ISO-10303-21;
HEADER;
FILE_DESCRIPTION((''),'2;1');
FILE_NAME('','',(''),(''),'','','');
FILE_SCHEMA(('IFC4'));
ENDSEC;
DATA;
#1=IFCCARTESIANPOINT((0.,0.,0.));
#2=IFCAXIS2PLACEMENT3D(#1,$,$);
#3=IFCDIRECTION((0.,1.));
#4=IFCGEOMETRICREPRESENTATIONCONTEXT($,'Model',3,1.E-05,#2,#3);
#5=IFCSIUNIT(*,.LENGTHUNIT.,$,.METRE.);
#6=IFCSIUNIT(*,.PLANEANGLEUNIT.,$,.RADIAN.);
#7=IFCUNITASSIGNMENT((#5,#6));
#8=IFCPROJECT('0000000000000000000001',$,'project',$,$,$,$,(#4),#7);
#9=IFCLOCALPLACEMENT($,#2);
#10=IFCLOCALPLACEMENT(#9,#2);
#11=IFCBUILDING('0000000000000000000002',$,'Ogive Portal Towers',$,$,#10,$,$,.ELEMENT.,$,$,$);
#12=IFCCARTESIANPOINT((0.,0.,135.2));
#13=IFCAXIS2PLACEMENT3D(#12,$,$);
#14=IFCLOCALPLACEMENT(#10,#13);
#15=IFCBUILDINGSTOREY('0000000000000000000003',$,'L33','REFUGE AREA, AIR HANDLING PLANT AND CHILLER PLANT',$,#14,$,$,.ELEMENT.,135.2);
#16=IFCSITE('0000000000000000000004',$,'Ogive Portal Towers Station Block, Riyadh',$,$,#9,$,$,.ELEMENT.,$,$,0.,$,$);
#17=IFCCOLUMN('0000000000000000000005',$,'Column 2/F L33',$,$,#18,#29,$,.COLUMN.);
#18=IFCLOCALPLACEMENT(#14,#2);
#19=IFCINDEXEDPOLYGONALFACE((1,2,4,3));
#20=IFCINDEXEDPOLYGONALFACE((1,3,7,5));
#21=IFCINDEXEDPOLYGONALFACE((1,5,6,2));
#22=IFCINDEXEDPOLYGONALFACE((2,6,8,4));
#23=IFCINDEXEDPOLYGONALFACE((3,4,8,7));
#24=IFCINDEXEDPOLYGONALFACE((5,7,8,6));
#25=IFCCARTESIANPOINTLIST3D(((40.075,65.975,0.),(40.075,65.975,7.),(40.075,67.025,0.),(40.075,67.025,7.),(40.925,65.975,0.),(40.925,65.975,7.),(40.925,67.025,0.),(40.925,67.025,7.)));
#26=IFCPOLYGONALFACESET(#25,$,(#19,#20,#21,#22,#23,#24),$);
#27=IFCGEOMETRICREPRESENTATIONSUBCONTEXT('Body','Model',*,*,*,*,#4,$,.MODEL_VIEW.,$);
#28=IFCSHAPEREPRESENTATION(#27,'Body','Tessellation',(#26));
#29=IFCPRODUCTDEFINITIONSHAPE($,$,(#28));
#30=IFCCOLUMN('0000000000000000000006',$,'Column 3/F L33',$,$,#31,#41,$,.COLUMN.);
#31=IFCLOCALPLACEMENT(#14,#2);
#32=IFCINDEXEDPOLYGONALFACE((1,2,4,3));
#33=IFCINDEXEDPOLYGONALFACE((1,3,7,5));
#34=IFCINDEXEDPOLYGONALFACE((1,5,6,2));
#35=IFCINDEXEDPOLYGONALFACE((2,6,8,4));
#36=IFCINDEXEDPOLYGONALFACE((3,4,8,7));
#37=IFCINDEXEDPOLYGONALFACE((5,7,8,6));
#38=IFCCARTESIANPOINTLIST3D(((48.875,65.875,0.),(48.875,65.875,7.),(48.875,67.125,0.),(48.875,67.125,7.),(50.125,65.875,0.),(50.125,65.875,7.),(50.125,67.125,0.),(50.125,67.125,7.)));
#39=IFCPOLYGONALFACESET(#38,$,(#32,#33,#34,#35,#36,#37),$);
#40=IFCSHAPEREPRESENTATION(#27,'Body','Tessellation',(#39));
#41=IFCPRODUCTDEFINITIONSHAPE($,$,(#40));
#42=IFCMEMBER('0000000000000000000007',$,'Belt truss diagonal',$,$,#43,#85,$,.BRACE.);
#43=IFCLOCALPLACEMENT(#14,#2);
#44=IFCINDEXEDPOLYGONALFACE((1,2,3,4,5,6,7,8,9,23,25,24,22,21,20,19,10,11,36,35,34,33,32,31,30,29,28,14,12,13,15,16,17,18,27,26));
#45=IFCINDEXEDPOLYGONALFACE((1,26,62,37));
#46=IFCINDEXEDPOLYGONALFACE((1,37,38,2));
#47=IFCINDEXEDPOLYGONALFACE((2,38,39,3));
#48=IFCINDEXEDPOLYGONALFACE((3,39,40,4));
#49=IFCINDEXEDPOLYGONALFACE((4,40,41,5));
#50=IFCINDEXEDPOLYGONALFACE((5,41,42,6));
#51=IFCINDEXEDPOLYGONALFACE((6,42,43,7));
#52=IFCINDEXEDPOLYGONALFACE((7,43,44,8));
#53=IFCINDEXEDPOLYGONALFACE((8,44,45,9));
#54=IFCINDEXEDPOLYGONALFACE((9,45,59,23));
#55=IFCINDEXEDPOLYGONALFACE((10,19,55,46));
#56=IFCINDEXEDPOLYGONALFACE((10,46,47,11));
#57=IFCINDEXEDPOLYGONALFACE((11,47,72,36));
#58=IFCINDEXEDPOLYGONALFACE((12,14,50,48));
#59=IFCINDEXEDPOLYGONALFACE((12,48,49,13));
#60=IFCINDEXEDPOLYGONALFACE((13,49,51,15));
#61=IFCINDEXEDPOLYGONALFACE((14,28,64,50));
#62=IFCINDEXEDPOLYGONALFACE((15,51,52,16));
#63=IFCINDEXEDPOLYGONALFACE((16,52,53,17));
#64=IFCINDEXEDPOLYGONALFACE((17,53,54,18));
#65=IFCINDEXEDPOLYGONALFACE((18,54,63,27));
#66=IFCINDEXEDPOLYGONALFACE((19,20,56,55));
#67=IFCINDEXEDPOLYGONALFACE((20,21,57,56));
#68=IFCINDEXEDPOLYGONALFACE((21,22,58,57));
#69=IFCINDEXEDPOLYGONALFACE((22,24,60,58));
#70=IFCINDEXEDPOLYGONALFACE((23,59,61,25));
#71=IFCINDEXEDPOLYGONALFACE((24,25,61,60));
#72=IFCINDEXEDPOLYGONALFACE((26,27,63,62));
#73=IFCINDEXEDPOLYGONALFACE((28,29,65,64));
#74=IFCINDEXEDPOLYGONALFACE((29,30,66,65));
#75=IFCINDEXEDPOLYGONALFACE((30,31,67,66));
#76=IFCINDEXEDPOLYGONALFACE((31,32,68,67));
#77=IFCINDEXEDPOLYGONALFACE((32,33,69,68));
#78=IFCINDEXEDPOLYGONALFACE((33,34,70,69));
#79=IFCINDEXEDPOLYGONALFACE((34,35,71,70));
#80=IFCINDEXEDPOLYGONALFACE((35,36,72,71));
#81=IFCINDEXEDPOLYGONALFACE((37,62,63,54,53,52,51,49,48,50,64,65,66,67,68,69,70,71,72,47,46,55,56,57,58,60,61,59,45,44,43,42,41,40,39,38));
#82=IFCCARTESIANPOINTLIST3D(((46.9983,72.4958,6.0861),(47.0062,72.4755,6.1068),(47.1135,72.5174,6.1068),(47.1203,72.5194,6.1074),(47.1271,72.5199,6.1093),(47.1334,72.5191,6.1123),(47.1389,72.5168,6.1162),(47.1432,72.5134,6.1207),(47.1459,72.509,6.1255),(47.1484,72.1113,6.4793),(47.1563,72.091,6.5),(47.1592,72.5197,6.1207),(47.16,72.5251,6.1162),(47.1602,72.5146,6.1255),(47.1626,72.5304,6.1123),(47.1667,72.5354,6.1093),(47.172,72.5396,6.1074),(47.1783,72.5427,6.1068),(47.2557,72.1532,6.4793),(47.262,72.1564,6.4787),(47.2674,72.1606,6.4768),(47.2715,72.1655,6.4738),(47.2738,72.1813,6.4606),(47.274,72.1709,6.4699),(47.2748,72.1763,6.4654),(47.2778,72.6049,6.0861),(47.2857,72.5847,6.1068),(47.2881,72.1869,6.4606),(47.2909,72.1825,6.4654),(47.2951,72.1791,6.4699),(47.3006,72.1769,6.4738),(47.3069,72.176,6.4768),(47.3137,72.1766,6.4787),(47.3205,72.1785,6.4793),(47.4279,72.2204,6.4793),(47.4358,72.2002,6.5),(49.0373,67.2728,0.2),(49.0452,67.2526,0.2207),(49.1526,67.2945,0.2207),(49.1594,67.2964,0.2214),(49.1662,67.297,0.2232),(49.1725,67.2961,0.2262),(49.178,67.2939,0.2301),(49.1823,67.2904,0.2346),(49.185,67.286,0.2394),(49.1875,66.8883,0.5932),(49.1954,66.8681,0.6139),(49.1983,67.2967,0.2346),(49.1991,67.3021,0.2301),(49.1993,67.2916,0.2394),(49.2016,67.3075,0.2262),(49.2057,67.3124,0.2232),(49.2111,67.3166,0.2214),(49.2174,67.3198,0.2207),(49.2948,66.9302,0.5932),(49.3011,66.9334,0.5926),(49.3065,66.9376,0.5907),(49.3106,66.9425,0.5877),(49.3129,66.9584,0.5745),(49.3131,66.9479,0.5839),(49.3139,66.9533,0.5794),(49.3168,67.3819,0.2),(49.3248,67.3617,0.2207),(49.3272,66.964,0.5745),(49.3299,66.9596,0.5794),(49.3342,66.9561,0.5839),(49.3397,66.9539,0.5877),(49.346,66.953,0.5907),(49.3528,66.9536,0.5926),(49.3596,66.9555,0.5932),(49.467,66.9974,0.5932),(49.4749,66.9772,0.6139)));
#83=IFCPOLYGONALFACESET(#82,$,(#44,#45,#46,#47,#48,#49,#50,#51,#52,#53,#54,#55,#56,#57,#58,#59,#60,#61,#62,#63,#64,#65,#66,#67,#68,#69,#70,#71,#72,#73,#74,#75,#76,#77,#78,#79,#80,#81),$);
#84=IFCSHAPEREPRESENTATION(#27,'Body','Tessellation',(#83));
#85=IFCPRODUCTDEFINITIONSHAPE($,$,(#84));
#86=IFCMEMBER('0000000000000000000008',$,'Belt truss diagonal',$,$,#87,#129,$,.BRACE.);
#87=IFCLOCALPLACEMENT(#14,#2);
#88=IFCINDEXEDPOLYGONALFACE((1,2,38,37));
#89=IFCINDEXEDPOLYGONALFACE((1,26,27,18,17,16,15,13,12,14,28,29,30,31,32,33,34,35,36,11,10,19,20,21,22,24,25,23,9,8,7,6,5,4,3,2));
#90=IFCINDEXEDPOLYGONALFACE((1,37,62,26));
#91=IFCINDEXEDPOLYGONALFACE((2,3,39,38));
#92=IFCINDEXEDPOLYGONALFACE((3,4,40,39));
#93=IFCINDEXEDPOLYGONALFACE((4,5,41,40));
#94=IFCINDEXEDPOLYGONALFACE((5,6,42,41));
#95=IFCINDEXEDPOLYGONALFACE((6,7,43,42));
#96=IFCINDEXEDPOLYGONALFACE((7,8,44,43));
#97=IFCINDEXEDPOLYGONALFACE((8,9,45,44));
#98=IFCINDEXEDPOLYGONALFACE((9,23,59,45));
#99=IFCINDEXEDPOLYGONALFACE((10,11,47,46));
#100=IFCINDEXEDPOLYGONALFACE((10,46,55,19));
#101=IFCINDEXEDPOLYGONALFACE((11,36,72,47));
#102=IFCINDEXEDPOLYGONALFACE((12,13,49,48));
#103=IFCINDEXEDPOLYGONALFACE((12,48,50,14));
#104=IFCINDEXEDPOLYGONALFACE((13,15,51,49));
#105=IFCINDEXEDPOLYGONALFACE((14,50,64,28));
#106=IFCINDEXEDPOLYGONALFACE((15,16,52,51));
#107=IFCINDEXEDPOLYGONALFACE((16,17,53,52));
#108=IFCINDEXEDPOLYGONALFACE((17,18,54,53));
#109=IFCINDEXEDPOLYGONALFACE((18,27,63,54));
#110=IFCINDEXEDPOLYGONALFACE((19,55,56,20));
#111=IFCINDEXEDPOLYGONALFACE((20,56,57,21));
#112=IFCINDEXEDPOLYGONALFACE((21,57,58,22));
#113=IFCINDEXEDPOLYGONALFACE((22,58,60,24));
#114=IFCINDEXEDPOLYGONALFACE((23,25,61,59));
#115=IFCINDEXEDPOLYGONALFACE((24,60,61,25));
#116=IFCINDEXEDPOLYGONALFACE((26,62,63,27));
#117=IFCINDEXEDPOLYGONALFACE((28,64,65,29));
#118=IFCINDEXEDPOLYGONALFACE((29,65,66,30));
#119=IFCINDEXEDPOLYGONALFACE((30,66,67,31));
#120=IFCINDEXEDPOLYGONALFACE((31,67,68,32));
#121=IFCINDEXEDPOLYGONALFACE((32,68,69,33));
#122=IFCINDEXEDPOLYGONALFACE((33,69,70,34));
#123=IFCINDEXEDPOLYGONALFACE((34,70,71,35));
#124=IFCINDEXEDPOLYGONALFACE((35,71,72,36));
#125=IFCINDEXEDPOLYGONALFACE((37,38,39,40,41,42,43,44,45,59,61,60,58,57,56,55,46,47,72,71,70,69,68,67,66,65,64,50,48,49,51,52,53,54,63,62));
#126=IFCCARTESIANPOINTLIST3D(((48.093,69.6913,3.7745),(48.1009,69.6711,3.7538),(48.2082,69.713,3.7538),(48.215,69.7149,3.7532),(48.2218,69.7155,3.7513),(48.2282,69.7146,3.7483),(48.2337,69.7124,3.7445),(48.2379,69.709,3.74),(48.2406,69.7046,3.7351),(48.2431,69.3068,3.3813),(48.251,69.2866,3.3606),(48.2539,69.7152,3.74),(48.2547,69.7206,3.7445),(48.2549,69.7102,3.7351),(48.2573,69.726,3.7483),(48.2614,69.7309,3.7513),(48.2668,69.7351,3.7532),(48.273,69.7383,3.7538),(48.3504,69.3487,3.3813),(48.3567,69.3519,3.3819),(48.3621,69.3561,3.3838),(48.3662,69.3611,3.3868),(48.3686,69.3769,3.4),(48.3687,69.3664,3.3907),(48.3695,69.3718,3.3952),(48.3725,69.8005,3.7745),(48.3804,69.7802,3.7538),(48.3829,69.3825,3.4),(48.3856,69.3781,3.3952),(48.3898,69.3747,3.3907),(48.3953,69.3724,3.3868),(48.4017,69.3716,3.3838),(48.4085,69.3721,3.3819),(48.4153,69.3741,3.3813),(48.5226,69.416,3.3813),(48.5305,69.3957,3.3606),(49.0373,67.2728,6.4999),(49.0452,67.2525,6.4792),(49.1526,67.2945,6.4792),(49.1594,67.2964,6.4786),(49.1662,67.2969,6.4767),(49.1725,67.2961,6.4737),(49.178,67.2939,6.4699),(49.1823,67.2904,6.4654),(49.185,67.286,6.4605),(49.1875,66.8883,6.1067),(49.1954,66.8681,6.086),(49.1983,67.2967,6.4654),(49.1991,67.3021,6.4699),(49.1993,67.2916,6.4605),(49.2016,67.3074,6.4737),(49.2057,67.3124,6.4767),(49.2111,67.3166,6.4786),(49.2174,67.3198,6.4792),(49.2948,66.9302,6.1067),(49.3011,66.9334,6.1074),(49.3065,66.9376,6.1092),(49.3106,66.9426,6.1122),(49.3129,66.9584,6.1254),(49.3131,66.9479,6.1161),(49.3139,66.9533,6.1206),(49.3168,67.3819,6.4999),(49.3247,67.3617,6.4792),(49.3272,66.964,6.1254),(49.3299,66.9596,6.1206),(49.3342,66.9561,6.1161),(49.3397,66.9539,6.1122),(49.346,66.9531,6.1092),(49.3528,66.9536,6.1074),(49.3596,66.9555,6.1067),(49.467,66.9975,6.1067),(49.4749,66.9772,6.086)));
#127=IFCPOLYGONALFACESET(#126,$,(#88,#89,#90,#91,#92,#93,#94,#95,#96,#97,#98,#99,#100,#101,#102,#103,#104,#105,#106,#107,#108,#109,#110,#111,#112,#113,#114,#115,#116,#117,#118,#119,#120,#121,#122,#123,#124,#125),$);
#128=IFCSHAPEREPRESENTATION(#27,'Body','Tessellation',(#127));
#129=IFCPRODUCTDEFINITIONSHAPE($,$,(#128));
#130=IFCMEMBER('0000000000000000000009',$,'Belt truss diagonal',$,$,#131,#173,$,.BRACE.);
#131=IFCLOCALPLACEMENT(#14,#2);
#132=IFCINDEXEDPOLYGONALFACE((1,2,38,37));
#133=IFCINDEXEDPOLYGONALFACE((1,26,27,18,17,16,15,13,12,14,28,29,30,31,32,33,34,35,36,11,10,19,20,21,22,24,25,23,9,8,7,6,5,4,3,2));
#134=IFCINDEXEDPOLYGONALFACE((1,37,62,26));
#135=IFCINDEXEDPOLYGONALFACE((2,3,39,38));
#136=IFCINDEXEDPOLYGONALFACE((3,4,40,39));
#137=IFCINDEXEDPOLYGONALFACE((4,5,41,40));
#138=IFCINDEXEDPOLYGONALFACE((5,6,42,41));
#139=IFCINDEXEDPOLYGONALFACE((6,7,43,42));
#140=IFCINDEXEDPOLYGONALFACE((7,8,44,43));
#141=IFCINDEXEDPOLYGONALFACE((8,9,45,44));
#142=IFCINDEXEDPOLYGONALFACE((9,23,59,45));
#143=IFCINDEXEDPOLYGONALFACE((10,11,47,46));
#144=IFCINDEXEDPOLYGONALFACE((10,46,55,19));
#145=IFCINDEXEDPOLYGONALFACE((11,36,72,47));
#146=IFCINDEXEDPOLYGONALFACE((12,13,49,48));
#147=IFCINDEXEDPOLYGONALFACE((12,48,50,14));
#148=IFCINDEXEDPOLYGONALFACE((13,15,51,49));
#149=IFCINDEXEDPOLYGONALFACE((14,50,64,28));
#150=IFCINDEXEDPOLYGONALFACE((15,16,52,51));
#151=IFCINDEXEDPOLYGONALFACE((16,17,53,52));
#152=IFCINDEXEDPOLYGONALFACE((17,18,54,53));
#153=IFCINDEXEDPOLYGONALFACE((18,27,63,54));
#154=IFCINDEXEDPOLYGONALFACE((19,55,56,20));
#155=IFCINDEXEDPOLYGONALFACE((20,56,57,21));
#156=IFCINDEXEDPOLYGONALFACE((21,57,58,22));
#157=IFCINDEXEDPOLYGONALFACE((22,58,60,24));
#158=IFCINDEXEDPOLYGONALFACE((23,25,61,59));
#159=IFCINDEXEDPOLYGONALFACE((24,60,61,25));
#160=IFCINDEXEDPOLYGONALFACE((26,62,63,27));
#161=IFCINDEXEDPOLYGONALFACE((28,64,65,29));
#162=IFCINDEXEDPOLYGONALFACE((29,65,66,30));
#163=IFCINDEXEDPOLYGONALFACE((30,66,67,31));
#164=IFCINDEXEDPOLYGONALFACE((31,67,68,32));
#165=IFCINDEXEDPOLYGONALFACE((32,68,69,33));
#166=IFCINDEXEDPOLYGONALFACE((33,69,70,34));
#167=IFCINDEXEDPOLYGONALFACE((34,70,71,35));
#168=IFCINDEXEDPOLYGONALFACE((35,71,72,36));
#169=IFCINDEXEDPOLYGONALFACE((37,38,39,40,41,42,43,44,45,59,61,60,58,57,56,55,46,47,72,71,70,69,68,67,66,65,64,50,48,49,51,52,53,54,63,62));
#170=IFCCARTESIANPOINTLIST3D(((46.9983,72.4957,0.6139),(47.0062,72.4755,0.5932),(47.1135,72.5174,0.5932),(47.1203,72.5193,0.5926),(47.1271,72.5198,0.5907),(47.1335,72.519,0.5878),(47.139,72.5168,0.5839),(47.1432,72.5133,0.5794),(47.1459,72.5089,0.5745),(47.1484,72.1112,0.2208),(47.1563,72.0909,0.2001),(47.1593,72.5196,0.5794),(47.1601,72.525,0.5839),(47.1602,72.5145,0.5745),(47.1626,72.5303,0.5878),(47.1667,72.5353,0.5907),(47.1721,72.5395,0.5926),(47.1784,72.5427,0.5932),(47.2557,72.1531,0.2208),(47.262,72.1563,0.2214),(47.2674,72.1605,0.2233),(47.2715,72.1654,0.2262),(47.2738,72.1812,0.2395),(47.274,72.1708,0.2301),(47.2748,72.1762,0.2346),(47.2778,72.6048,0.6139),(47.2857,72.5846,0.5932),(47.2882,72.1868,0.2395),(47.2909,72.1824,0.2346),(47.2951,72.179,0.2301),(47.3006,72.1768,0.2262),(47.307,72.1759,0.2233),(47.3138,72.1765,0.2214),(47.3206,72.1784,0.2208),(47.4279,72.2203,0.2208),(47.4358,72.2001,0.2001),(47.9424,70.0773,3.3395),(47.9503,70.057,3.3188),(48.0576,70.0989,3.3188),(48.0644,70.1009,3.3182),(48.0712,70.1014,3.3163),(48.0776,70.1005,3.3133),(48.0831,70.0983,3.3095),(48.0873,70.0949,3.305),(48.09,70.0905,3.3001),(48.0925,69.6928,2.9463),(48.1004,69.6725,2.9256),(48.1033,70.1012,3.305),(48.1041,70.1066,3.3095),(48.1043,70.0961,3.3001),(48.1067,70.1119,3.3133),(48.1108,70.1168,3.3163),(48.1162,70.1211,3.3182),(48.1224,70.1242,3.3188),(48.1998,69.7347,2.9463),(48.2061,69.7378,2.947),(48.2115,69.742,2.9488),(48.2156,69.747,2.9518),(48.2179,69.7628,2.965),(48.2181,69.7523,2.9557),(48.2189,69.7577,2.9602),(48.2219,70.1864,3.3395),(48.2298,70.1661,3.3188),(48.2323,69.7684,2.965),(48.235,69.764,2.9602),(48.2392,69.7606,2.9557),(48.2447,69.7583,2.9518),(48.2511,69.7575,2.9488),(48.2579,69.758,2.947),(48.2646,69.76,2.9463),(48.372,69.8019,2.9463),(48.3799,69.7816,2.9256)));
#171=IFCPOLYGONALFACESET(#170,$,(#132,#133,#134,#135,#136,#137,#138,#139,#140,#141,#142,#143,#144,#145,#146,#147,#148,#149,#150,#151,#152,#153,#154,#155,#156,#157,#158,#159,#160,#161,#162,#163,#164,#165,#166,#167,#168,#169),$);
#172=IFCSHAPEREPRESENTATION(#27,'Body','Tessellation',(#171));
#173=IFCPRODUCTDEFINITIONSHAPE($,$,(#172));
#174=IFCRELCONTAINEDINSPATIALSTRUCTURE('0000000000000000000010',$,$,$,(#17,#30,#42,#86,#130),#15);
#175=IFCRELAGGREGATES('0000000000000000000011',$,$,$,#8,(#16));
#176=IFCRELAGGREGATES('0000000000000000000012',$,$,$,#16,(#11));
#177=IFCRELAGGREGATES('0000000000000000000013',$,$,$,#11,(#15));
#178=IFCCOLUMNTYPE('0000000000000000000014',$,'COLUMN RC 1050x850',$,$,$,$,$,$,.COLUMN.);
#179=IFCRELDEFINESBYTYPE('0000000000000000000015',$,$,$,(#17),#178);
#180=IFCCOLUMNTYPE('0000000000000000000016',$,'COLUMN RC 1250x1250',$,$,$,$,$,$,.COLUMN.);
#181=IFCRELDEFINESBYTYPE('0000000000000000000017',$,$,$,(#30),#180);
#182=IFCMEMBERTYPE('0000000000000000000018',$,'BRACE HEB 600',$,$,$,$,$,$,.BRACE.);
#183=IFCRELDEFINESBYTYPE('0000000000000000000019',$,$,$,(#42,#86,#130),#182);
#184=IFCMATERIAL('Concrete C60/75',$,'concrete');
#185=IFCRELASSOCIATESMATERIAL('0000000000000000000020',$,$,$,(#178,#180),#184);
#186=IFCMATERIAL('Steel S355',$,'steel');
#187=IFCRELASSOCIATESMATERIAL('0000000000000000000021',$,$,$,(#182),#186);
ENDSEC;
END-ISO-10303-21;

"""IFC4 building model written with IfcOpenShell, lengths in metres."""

from ifc_helpers import new_model, si_unit, direction, frame, origin, origin_2d, place, context, subcontext, project, spatial, rectangle, i_section, extrude, material, material_profile, profile_set, type_object, element, save


model = new_model("IFC4")

# Units and contexts
model_context = context("Model", 3, precision=1e-05, world=origin(), true_north=direction((0.0, 1.0)))
body_context = subcontext(model_context, "Body", "Model", "MODEL_VIEW")
ifc_project = project(units=[si_unit("LENGTHUNIT", "METRE"), si_unit("PLANEANGLEUNIT", "RADIAN")], contexts=[model_context])

# Site, building, storey
site_placement = place(None, origin())
site = spatial("IfcSite", under=ifc_project, at=site_placement, Name="Ogive Portal Towers Station Block, Riyadh", CompositionType="ELEMENT", RefElevation=0.0)
building_placement = place(site_placement, origin())
building = spatial("IfcBuilding", under=site, at=building_placement, Name="Ogive Portal Towers", CompositionType="ELEMENT")
storey_placement = place(building_placement, frame((0.0, 0.0, 135.2)))
storey = spatial("IfcBuildingStorey", under=building, at=storey_placement, Name="L33", Description="REFUGE AREA, AIR HANDLING PLANT AND CHILLER PLANT", CompositionType="ELEMENT", Elevation=135.2)

# Columns
ifc_material_1 = material(Name="Concrete C60/75", Category="concrete")
ifc_material_profile_1 = material_profile(ifc_material_1, rectangle(XDim=1.05, YDim=0.8501, at=origin_2d()), Name="RC 1050x850")
ifc_profile_set_1 = profile_set([ifc_material_profile_1], Name="Concrete C60/75")
column_type_1 = type_object("IfcColumnType", Name="COLUMN RC 1050x850", PredefinedType="COLUMN", material=ifc_profile_set_1)
column_1_placement = place(storey_placement, frame((40.5, 66.5, 0.0), z_axis=(0.0, 0.0, 1.0), x_axis=(0.0, 1.0, 0.0)))
element("IfcColumn", 1, at=column_1_placement, inside=storey, type_object=column_type_1, Name="Column 2/F L33", PredefinedType="COLUMN", context=body_context, shape_type="SweptSolid", body=[
    extrude(rectangle(XDim=1.05, YDim=0.8501, at=origin_2d()), origin(), (0.0, 0.0, 1.0), 7.0),
])
ifc_material_profile_2 = material_profile(ifc_material_1, rectangle(XDim=1.25, YDim=1.25, at=origin_2d()), Name="RC 1250x1250")
ifc_profile_set_2 = profile_set([ifc_material_profile_2], Name="Concrete C60/75")
column_type_2 = type_object("IfcColumnType", Name="COLUMN RC 1250x1250", PredefinedType="COLUMN", material=ifc_profile_set_2)
column_2_placement = place(storey_placement, frame((49.5, 66.5, 0.0), z_axis=(0.0, 0.0, 1.0), x_axis=(1.0, 0.0, 0.0)))
element("IfcColumn", 2, at=column_2_placement, inside=storey, type_object=column_type_2, Name="Column 3/F L33", PredefinedType="COLUMN", context=body_context, shape_type="SweptSolid", body=[
    extrude(rectangle(XDim=1.25, YDim=1.25, at=origin_2d()), origin(), (0.0, 0.0, 1.0), 7.0),
])

# Members
ifc_material_2 = material(Name="Steel S355", Category="steel")
ifc_material_profile_3 = material_profile(ifc_material_2, i_section(OverallWidth=0.3, OverallDepth=0.6001, WebThickness=0.0154, FlangeThickness=0.03, FilletRadius=0.0271, at=origin_2d()), Name="HEB 600")
ifc_profile_set_3 = profile_set([ifc_material_profile_3], Name="Steel S355")
member_type_1 = type_object("IfcMemberType", Name="BRACE HEB 600", PredefinedType="BRACE", material=ifc_profile_set_3)
member_1_placement = place(storey_placement, frame((49.2561, 67.125, 0.407), z_axis=(-0.250837, 0.642499, 0.724069), x_axis=(-0.931526, -0.363675, 0.0)))
element("IfcMember", 3, at=member_1_placement, inside=storey, type_object=member_type_1, Name="Belt truss diagonal", PredefinedType="BRACE", context=body_context, shape_type="SweptSolid", body=[
    extrude(i_section(OverallWidth=0.3, OverallDepth=0.6001, WebThickness=0.0154, FlangeThickness=0.03, FilletRadius=0.0271, at=origin_2d()), origin(), (0.0, 0.0, 1.0), 8.1292),
])
for number, where, z_axis, x_axis, name in (
    (4, (49.2561, 67.125, 6.293), (-0.250882, 0.642512, -0.724042), (-0.931506, -0.363726, 0.0), "Belt truss diagonal"),
    (5, (48.1611, 69.9294, 3.1326), (-0.250809, 0.642492, -0.724085), (-0.931538, -0.363644, 0.0), "Belt truss diagonal"),
):
    element("IfcMember", number, at=place(storey_placement, frame(where, z_axis=z_axis, x_axis=x_axis)), inside=storey, type_object=member_type_1, Name=name, PredefinedType="BRACE", context=body_context, shape_type="SweptSolid", body=[
        extrude(i_section(OverallWidth=0.3, OverallDepth=0.6001, WebThickness=0.0154, FlangeThickness=0.03, FilletRadius=0.0271, at=origin_2d()), origin(), (0.0, 0.0, 1.0), 3.7642),
    ])

save(model, "model.ifc")
